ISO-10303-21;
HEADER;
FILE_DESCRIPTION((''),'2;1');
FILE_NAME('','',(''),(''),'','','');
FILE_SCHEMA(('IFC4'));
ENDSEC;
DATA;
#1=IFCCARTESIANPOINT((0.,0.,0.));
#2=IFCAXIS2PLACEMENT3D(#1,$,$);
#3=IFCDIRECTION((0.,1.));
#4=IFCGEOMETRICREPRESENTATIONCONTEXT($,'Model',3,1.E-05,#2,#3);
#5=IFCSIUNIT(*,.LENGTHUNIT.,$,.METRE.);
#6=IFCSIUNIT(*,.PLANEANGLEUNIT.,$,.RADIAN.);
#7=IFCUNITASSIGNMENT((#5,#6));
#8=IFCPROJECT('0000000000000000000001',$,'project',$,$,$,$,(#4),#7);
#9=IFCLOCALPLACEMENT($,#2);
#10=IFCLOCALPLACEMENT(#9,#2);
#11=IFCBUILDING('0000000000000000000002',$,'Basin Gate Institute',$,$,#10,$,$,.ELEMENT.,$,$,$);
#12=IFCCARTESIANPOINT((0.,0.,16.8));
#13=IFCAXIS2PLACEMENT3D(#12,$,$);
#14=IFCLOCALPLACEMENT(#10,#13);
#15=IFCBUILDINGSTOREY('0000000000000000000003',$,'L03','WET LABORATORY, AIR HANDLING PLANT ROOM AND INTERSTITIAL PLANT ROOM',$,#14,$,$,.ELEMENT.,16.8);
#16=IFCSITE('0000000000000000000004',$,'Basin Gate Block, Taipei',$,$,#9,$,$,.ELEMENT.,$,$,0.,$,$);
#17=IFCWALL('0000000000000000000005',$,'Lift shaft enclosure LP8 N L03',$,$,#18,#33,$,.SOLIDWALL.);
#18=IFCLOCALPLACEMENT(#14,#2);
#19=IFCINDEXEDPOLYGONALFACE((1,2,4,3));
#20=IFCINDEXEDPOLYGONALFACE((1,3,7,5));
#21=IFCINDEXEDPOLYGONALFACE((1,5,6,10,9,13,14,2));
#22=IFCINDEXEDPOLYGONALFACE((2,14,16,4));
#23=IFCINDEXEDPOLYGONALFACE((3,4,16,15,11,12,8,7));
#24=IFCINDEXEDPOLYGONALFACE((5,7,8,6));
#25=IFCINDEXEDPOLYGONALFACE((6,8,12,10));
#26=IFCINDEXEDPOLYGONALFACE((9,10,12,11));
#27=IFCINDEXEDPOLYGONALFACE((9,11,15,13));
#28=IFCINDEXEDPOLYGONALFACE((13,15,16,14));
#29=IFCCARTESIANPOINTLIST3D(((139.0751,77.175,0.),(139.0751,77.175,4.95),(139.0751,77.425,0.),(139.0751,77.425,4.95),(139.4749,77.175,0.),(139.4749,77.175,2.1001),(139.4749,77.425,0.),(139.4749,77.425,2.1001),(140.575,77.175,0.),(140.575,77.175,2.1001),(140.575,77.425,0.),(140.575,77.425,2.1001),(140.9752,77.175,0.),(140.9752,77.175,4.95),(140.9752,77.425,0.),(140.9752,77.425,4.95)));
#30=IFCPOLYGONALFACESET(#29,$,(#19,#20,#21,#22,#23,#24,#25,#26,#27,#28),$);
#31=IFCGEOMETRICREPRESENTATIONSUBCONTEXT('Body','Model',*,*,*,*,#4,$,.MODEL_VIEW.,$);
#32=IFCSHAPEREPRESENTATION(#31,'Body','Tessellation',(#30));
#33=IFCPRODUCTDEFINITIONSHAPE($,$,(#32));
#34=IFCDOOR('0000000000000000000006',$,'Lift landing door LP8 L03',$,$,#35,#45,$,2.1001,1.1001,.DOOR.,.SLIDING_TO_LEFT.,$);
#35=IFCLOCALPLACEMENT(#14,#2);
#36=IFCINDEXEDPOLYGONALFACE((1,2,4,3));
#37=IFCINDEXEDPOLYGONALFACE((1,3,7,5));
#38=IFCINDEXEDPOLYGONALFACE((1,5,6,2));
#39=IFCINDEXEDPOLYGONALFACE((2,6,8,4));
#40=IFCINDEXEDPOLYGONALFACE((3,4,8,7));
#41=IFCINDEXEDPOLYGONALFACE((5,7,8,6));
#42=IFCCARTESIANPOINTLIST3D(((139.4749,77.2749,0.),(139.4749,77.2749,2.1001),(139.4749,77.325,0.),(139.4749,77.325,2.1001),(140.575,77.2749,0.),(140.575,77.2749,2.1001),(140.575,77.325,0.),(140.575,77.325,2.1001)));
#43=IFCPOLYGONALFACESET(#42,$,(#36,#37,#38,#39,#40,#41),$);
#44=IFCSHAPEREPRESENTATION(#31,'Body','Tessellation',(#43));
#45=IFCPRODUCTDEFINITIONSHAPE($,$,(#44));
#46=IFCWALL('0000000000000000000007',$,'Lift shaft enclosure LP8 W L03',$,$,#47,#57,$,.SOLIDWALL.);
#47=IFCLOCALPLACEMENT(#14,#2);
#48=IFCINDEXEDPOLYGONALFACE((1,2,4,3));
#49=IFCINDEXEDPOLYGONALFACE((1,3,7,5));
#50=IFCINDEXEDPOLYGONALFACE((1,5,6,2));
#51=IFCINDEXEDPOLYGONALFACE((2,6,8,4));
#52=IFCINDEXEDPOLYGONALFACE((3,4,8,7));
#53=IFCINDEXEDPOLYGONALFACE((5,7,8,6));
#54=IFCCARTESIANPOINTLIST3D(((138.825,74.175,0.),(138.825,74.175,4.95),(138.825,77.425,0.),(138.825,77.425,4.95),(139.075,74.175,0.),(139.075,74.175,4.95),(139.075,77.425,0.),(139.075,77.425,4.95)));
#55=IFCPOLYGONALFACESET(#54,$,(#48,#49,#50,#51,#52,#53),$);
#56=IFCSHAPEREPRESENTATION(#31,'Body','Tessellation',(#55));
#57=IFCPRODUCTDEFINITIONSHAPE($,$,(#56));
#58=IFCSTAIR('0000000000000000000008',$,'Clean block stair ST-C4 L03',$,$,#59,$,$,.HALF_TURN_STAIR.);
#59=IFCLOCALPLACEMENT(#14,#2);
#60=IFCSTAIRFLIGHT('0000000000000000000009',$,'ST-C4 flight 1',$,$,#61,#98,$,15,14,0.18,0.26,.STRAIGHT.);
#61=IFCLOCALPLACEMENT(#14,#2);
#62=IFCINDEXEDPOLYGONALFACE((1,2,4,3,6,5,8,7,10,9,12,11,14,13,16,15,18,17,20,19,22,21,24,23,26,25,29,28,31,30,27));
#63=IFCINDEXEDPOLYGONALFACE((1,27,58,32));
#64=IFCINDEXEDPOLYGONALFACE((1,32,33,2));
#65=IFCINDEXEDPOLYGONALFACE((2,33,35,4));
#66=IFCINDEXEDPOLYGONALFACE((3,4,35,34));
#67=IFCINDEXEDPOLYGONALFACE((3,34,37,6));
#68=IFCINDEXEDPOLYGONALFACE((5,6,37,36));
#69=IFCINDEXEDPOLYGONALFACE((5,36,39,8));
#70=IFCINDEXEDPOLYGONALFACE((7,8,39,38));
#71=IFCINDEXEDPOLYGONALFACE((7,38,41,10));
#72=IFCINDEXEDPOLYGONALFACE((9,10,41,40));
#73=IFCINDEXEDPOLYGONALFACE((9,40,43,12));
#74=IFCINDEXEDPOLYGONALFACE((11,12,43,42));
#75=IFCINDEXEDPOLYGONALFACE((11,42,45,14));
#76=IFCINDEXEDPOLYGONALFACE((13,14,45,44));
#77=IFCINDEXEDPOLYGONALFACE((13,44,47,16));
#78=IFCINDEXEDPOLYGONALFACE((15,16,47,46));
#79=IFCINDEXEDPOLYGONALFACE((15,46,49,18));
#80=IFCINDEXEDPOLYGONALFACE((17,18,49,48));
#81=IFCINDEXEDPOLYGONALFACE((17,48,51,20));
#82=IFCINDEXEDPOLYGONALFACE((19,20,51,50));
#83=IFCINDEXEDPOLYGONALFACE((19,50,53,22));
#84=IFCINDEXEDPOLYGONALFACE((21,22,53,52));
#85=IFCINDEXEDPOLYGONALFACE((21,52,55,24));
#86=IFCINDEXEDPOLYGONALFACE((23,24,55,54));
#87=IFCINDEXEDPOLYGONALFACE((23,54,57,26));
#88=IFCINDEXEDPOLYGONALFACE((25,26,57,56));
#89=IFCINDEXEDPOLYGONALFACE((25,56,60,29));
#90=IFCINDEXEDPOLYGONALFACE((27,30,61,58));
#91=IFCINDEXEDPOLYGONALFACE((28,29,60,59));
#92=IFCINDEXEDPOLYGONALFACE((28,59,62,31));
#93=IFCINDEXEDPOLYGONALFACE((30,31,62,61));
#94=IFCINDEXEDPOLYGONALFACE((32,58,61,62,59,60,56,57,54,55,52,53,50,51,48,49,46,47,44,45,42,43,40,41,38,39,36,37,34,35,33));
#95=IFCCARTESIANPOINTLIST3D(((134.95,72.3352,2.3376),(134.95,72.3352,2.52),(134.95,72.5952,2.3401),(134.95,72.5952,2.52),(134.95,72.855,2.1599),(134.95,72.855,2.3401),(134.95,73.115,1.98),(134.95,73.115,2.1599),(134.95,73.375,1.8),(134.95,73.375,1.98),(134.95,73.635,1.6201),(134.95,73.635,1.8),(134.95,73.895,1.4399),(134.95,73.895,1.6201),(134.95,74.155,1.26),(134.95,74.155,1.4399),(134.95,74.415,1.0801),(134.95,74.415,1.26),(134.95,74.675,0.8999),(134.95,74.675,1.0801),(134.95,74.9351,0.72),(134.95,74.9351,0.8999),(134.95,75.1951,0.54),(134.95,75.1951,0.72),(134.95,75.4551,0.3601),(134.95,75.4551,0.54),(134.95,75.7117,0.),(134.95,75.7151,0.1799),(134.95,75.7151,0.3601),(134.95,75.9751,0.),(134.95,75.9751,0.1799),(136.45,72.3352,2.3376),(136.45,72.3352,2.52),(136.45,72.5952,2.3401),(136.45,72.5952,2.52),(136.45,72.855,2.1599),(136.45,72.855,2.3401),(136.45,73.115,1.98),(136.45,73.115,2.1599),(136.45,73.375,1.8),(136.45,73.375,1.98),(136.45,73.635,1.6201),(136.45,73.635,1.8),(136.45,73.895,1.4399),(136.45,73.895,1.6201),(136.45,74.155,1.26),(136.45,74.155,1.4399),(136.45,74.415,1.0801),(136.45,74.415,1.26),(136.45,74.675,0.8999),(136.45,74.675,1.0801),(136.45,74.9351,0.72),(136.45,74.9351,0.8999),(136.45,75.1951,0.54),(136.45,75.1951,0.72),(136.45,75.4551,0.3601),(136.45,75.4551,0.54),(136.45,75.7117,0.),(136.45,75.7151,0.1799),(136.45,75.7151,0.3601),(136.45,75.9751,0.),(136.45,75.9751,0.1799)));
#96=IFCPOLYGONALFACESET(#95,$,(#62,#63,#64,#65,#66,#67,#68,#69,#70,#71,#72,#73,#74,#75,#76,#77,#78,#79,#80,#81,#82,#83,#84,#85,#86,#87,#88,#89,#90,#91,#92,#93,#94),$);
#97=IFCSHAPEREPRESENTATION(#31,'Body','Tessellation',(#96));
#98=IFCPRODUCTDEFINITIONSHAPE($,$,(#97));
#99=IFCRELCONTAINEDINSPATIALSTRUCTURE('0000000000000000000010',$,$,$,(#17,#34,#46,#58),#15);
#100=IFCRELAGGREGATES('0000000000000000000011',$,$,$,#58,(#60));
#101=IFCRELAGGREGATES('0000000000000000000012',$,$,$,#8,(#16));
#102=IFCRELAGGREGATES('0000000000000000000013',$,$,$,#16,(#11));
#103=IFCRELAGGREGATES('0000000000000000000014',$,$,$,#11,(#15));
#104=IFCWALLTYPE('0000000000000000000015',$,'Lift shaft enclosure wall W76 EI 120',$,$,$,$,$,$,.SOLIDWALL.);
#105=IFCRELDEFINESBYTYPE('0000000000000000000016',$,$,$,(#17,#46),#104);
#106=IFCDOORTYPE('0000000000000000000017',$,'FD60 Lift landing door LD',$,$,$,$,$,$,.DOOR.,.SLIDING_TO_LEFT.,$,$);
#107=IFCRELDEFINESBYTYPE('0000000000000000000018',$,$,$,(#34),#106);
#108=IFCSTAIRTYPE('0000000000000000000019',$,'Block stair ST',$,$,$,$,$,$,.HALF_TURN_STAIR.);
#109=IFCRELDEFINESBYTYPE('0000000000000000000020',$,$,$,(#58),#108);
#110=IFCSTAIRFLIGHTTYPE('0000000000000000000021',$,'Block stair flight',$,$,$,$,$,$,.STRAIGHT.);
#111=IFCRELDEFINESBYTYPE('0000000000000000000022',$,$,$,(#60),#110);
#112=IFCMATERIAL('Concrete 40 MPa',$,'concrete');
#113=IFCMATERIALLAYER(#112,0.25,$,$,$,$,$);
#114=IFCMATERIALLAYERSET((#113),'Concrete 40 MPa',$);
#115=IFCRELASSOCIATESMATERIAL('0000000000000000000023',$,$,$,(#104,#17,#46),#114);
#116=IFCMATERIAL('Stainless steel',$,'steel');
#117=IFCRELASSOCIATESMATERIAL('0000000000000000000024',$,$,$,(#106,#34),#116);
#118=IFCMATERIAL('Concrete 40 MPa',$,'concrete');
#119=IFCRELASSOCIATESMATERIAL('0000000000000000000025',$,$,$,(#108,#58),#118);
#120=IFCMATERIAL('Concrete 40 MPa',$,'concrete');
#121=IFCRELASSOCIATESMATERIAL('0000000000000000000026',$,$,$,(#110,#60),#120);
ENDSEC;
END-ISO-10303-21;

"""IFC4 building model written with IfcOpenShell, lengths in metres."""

from ifc_helpers import new_model, si_unit, direction, frame, frame_2d, origin, place, context, subcontext, project, spatial, polyline, rectangle, outline, extrude, material, layer, layer_set, type_object, element, fill, aggregate, save


model = new_model("IFC4")

# Units and contexts
model_context = context("Model", 3, precision=1e-05, world=origin(), true_north=direction((0.0, 1.0)))
body_context = subcontext(model_context, "Body", "Model", "MODEL_VIEW")
ifc_project = project(units=[si_unit("LENGTHUNIT", "METRE"), si_unit("PLANEANGLEUNIT", "RADIAN")], contexts=[model_context])

# Site, building, storey
site_placement = place(None, origin())
site = spatial("IfcSite", under=ifc_project, at=site_placement, Name="Basin Gate Block, Taipei", CompositionType="ELEMENT", RefElevation=0.0)
building_placement = place(site_placement, origin())
building = spatial("IfcBuilding", under=site, at=building_placement, Name="Basin Gate Institute", CompositionType="ELEMENT")
storey_placement = place(building_placement, frame((0.0, 0.0, 16.8)))
storey = spatial("IfcBuildingStorey", under=building, at=storey_placement, Name="L03", Description="WET LABORATORY, AIR HANDLING PLANT ROOM AND INTERSTITIAL PLANT ROOM", CompositionType="ELEMENT", Elevation=16.8)

# Shared definitions
ifc_material_1 = material(Name="Concrete 40 MPa", Category="concrete")
ifc_layer_1 = layer(ifc_material_1, 0.25)
ifc_layer_set_1 = layer_set([ifc_layer_1], Name="Concrete 40 MPa")
wall_type_1 = type_object("IfcWallType", Name="Lift shaft enclosure wall W76 EI 120", PredefinedType="SOLIDWALL", material=ifc_layer_set_1)

# Wall, opening, door
wall_1_placement = place(storey_placement, frame((139.075, 77.3, 0.0), z_axis=(0.0, 0.0, 1.0), x_axis=(1.0, 0.0, 0.0)))
wall_1 = element("IfcWall", 1, at=wall_1_placement, inside=storey, type_object=wall_type_1, material=ifc_layer_set_1, Name="Lift shaft enclosure LP8 N L03", PredefinedType="SOLIDWALL", context=body_context, shape_type="SweptSolid", body=[
    extrude(rectangle(XDim=1.9001, YDim=0.25, at=frame_2d((0.9502, 0.0))), origin(), (0.0, 0.0, 1.0), 4.95),
])
opening_1_placement = place(wall_1_placement, frame((0.3999, 0.0, 0.0)))
opening_1 = element("IfcOpeningElement", 2, at=opening_1_placement, cuts=wall_1, PredefinedType="OPENING", context=body_context, shape_type="SweptSolid", body=[
    extrude(rectangle(XDim=1.1001, YDim=2.1001, at=frame_2d((0.55, 1.05))), frame((0.0, 0.135, 0.0), z_axis=(0.0, -1.0, 0.0), x_axis=(1.0, 0.0, 0.0)), (0.0, 0.0, 1.0), 0.27),
])
ifc_material_2 = material(Name="Stainless steel", Category="steel")
door_type_1 = type_object("IfcDoorType", Name="FD60 Lift landing door LD", OperationType="SLIDING_TO_LEFT", PredefinedType="DOOR", material=ifc_material_2)
door_1_placement = place(opening_1_placement, origin())
door_1 = element("IfcDoor", 3, at=door_1_placement, inside=storey, type_object=door_type_1, material=ifc_material_2, Name="Lift landing door LP8 L03", OperationType="SLIDING_TO_LEFT", OverallHeight=2.1001, OverallWidth=1.1001, PredefinedType="DOOR", context=body_context, shape_type="SweptSolid", body=[
    extrude(rectangle(XDim=1.1001, YDim=2.1001, at=frame_2d((0.55, 1.05))), frame((0.0, 0.0249, 0.0), z_axis=(0.0, -1.0, 0.0), x_axis=(1.0, 0.0, 0.0)), (0.0, 0.0, 1.0), 0.05),
])
fill(opening_1, door_1)

# Wall
wall_2_placement = place(storey_placement, frame((138.95, 74.175, 0.0), z_axis=(0.0, 0.0, 1.0), x_axis=(0.0, 1.0, 0.0)))
element("IfcWall", 4, at=wall_2_placement, inside=storey, type_object=wall_type_1, material=ifc_layer_set_1, Name="Lift shaft enclosure LP8 W L03", PredefinedType="SOLIDWALL", context=body_context, shape_type="SweptSolid", body=[
    extrude(rectangle(XDim=3.25, YDim=0.25, at=frame_2d((1.625, 0.0))), origin(), (0.0, 0.0, 1.0), 4.95),
])

# Stair, stair flight
ifc_material_3 = material(Name="Concrete 40 MPa", Category="concrete")
stair_type = type_object("IfcStairType", Name="Block stair ST", PredefinedType="HALF_TURN_STAIR", material=ifc_material_3)
stair_placement = place(storey_placement, origin())
stair = element("IfcStair", 5, at=stair_placement, inside=storey, type_object=stair_type, material=ifc_material_3, Name="Clean block stair ST-C4 L03", PredefinedType="HALF_TURN_STAIR")
ifc_material_4 = material(Name="Concrete 40 MPa", Category="concrete")
stair_flight_type = type_object("IfcStairFlightType", Name="Block stair flight", PredefinedType="STRAIGHT", material=ifc_material_4)
stair_flight_placement = place(storey_placement, frame((135.7, 75.9751, 0.0), z_axis=(0.0, 0.0, 1.0), x_axis=(0.0, -1.0, 0.0)))
stair_flight = element("IfcStairFlight", 6, at=stair_flight_placement, type_object=stair_flight_type, material=ifc_material_4, Name="ST-C4 flight 1", NumberOfRisers=15, NumberOfTreads=14, PredefinedType="STRAIGHT", RiserHeight=0.18, TreadLength=0.26, context=body_context, shape_type="SweptSolid", body=[
    extrude(outline(polyline([(0.0, 0.0), (0.0, 0.1799), (0.26, 0.1799), (0.26, 0.3601), (0.52, 0.3601), (0.52, 0.54), (0.78, 0.54), (0.78, 0.72), (1.04, 0.72), (1.04, 0.8999), (1.3, 0.8999), (1.3, 1.0801), (1.5601, 1.0801), (1.5601, 1.26), (1.8201, 1.26), (1.8201, 1.4399), (2.0801, 1.4399), (2.0801, 1.6201), (2.3401, 1.6201), (2.3401, 1.8), (2.6001, 1.8), (2.6001, 1.98), (2.8601, 1.98), (2.8601, 2.1599), (3.1201, 2.1599), (3.1201, 2.3401), (3.3799, 2.3401), (3.3799, 2.52), (3.6399, 2.52), (3.6399, 2.7), (3.6399, 2.3376), (0.2634, 0.0), (0.0, 0.0)])), frame((0.0, 0.75, 0.0), z_axis=(0.0, -1.0, 0.0), x_axis=(1.0, 0.0, 0.0)), (0.0, 0.0, 1.0), 1.5),
])
aggregate(stair, [stair_flight])

save(model, "model.ifc")
